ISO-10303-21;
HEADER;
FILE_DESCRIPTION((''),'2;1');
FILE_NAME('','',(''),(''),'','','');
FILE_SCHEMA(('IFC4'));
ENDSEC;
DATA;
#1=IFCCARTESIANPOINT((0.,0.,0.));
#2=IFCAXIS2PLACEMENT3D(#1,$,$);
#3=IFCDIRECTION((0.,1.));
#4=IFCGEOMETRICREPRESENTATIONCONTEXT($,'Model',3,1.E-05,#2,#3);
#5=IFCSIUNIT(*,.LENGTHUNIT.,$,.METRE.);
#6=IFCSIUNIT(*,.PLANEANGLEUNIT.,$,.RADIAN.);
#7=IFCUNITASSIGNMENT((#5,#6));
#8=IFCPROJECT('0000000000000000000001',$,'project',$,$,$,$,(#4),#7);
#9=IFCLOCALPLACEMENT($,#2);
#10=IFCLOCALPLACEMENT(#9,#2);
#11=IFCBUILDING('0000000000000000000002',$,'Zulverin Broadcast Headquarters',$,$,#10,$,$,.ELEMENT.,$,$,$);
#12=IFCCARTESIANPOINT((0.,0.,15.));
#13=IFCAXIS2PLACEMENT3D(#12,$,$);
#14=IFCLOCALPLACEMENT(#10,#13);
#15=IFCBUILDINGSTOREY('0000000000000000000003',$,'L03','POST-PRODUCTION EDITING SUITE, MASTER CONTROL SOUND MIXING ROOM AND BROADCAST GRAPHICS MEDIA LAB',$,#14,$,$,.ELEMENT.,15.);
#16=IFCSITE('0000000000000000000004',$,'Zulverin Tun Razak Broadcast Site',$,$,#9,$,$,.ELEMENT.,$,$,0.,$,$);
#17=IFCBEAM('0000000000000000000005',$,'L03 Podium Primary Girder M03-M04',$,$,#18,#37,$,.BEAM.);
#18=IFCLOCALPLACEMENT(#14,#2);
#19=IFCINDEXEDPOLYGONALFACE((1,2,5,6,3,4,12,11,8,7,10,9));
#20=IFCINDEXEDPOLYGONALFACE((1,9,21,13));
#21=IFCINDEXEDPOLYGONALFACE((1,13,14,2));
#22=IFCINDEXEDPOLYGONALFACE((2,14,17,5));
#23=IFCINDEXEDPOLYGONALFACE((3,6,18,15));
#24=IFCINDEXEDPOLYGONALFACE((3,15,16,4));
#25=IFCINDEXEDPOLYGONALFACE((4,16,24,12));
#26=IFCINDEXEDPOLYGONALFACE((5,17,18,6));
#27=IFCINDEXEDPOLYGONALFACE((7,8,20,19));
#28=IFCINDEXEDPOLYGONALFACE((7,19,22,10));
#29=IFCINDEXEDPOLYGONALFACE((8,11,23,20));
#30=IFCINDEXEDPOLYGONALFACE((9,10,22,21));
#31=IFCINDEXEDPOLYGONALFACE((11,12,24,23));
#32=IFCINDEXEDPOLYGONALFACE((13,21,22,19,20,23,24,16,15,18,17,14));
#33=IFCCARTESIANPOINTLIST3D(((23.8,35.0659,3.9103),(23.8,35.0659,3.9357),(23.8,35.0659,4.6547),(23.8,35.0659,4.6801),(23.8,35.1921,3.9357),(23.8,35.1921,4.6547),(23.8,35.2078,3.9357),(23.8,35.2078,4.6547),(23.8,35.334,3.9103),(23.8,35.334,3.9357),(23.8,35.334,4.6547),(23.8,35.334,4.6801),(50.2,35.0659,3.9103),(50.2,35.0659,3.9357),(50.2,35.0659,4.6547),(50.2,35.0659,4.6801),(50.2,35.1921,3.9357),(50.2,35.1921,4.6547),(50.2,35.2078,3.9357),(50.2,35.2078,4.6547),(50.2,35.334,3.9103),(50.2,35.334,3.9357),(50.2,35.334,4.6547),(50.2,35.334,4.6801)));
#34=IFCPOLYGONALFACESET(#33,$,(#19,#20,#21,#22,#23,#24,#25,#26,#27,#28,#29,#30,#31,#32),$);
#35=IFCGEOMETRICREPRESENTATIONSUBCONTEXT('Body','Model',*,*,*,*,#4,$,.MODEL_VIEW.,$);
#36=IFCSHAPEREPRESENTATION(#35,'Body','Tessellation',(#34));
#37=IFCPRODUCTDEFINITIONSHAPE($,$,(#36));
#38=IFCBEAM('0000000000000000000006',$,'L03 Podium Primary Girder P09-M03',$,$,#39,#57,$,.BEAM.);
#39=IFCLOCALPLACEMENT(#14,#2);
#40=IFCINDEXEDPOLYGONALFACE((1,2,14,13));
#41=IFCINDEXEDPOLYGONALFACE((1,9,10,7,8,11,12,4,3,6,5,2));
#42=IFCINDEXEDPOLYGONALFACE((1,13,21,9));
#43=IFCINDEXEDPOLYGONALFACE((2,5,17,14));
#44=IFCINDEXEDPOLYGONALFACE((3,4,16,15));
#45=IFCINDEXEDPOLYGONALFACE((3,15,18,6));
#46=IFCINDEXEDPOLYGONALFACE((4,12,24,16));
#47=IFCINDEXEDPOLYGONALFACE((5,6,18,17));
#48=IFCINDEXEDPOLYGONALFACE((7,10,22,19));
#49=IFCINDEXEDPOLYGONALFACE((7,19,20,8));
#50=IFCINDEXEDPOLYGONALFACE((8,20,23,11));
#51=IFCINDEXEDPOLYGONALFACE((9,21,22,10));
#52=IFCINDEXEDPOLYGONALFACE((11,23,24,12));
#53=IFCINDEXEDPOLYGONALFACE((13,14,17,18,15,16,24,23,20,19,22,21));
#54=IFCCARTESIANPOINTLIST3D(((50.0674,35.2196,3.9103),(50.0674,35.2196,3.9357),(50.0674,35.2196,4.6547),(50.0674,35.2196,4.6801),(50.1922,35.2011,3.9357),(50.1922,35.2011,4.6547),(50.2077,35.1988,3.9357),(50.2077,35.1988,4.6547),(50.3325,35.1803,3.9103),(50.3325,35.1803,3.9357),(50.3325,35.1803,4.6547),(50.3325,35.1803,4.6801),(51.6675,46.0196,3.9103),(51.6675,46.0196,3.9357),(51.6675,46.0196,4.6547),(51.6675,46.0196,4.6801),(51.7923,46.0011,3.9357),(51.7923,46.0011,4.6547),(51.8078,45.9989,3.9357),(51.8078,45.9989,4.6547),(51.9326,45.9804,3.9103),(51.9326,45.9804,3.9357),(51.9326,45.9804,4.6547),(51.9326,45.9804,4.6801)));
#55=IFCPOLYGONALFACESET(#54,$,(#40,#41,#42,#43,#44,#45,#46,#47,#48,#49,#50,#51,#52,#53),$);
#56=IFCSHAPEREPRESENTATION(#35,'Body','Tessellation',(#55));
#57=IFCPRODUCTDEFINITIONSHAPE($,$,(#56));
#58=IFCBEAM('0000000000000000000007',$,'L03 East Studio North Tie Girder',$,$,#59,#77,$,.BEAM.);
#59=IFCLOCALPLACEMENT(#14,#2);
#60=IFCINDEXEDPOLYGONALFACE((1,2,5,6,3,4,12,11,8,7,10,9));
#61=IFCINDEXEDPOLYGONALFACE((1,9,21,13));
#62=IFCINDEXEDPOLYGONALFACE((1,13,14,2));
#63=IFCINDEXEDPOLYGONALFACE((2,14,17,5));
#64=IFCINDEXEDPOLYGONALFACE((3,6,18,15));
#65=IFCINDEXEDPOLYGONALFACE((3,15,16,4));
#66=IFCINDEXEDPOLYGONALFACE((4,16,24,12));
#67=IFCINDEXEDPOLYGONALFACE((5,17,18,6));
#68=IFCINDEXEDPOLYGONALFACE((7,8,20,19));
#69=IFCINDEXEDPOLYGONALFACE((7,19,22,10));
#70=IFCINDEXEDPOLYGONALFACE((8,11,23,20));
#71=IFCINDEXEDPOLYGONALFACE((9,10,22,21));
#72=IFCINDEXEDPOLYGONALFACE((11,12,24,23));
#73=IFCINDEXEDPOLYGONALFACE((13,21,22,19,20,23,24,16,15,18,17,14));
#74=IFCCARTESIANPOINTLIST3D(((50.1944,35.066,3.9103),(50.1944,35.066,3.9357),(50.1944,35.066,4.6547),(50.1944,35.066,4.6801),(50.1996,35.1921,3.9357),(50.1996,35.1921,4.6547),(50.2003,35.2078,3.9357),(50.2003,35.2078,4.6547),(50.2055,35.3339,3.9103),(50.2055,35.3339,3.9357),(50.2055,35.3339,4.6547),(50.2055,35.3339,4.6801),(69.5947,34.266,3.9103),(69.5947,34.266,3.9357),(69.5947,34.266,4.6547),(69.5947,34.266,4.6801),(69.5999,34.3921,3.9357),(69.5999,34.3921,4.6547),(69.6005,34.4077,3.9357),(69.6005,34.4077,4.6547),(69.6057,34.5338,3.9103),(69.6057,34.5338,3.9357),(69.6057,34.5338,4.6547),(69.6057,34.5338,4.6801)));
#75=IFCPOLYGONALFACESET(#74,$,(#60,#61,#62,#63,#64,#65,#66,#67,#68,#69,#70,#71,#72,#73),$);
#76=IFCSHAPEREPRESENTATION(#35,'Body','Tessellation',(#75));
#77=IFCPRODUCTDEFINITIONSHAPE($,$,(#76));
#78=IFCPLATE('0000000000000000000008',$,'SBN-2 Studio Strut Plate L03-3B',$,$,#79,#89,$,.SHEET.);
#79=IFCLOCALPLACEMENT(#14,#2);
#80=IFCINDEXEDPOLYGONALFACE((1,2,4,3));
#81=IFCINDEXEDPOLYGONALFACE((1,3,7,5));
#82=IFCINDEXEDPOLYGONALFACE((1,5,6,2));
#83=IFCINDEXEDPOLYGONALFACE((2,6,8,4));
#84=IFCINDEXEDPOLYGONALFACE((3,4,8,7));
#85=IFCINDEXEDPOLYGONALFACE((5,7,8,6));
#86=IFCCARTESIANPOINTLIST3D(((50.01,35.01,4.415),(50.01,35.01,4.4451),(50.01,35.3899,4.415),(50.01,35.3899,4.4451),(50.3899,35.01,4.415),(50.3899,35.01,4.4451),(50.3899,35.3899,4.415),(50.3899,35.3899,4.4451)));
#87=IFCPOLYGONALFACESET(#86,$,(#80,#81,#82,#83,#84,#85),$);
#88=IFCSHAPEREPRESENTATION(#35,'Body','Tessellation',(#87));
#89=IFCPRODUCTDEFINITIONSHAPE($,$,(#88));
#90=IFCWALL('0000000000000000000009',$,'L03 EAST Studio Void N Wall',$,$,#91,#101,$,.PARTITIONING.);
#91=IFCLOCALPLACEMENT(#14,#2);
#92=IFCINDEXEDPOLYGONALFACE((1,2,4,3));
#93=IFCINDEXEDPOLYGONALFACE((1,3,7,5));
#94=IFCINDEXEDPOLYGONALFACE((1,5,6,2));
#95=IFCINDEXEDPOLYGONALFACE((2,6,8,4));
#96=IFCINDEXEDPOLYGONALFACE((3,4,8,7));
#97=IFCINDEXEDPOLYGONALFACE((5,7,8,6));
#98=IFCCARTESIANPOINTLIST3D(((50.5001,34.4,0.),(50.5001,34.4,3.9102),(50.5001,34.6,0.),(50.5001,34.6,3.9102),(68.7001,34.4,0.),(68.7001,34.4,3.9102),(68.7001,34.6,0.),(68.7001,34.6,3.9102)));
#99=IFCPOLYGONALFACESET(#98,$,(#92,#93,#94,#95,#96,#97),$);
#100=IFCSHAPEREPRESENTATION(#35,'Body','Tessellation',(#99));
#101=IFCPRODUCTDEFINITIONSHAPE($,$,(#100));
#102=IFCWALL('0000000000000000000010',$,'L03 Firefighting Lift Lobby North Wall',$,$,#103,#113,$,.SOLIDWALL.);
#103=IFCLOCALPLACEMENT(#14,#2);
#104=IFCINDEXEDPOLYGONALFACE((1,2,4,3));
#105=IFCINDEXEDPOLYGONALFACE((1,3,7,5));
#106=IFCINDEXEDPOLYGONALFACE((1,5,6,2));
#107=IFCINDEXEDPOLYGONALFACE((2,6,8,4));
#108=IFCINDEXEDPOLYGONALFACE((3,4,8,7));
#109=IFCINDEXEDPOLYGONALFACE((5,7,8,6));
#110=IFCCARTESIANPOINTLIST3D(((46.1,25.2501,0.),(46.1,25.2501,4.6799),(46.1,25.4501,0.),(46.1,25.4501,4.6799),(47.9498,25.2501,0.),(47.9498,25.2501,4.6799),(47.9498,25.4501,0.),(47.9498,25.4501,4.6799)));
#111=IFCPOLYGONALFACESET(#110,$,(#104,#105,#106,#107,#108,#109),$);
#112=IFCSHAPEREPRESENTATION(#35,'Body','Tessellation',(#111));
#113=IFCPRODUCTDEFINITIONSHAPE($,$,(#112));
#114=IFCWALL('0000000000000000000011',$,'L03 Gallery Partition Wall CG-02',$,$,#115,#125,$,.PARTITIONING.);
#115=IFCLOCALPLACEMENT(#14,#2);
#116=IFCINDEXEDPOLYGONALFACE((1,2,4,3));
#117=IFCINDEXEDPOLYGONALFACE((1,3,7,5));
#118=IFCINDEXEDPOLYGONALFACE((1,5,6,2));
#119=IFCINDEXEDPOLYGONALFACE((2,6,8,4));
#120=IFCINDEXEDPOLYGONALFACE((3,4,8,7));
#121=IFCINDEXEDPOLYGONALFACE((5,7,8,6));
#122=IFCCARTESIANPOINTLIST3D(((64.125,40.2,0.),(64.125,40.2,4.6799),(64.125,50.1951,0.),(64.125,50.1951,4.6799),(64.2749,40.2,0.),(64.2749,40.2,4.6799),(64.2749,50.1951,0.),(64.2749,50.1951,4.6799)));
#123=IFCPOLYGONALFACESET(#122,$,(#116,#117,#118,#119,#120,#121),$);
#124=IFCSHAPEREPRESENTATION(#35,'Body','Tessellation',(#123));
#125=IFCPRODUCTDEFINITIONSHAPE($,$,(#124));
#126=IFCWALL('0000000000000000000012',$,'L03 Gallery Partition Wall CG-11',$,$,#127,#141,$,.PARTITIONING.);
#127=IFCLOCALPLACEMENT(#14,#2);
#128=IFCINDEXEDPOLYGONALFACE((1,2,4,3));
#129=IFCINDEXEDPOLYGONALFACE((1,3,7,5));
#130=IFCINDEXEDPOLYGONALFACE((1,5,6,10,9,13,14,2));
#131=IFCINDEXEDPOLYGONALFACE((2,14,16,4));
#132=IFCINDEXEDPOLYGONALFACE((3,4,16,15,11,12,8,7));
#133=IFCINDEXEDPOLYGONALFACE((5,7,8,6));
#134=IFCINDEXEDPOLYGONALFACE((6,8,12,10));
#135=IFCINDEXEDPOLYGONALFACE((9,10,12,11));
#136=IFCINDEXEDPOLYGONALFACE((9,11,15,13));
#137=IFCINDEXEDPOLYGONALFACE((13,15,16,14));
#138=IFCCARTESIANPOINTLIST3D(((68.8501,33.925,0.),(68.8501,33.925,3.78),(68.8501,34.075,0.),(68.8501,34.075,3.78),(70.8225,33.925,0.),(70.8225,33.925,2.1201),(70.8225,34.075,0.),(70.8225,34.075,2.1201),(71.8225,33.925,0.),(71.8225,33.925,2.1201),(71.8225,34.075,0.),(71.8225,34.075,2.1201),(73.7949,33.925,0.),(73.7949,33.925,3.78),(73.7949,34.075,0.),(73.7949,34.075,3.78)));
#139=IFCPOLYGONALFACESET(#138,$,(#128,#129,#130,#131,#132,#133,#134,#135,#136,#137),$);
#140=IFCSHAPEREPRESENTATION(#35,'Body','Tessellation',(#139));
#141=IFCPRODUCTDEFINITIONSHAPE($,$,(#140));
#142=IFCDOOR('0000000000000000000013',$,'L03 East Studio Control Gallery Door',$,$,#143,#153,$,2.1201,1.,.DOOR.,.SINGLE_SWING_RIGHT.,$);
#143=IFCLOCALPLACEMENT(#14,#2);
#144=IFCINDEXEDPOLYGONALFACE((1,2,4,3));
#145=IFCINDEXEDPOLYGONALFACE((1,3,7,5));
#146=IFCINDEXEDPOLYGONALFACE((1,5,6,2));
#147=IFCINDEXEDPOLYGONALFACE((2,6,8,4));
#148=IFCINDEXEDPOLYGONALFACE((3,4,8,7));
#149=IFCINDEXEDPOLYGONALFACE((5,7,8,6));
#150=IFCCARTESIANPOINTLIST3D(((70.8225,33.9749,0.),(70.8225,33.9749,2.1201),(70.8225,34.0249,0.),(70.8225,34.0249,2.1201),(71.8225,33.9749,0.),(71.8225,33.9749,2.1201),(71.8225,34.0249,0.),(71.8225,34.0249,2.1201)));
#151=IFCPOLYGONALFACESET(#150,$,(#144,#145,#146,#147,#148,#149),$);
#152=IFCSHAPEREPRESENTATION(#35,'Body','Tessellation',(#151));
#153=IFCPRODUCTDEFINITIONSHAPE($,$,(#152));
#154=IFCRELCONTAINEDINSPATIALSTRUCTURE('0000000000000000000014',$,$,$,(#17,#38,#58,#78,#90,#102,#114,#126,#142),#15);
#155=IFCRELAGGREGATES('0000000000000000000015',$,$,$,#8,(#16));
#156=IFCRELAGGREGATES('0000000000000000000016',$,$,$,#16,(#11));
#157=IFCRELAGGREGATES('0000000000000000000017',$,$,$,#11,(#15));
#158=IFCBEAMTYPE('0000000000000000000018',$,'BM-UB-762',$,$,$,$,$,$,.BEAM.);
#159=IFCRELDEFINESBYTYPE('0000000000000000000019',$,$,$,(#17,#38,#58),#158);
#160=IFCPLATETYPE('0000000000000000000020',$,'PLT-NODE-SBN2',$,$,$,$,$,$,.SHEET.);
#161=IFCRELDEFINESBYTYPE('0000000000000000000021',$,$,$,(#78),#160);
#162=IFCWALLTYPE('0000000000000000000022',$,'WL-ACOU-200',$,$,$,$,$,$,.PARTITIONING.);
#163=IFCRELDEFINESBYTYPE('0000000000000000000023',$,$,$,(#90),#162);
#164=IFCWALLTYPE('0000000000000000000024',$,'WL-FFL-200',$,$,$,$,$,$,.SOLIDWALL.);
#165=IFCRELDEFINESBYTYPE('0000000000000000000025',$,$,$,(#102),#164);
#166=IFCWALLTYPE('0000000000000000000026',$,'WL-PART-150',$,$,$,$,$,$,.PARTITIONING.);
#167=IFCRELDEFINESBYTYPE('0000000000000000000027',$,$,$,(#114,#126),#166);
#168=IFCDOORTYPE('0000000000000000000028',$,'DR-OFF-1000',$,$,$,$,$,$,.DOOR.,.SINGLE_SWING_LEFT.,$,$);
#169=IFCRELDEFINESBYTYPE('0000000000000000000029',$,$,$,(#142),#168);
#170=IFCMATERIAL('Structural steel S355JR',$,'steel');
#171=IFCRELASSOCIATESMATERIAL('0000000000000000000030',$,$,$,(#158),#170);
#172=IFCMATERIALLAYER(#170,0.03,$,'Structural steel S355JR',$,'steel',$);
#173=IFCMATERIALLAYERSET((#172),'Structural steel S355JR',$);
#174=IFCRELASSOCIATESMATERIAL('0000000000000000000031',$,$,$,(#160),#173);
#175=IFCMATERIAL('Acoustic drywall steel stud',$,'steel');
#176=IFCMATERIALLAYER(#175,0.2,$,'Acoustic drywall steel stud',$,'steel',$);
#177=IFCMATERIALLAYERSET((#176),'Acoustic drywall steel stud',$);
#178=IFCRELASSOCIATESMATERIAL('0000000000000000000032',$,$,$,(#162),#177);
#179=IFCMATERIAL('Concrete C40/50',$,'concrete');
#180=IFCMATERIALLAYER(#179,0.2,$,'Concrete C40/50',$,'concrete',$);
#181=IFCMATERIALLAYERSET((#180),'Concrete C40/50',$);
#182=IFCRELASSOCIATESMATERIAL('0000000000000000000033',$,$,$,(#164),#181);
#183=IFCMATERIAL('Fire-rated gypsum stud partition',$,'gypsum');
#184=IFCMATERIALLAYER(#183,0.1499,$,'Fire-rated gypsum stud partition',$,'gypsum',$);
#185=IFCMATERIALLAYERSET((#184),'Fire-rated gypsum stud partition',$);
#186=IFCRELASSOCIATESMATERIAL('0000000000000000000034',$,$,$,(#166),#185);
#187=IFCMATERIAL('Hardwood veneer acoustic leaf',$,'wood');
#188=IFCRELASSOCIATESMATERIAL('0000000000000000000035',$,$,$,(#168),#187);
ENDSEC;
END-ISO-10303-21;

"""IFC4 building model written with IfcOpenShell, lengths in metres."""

from ifc_helpers import new_model, si_unit, direction, frame, frame_2d, origin, origin_2d, place, context, subcontext, project, spatial, rectangle, i_section, extrude, material, layer, layer_set, material_profile, profile_set, type_object, element, fill, save


model = new_model("IFC4")

# Units and contexts
model_context = context("Model", 3, precision=1e-05, world=origin(), true_north=direction((0.0, 1.0)))
body_context = subcontext(model_context, "Body", "Model", "MODEL_VIEW")
ifc_project = project(units=[si_unit("LENGTHUNIT", "METRE"), si_unit("PLANEANGLEUNIT", "RADIAN")], contexts=[model_context])

# Site, building, storey
site_placement = place(None, origin())
site = spatial("IfcSite", under=ifc_project, at=site_placement, Name="Zulverin Tun Razak Broadcast Site", CompositionType="ELEMENT", RefElevation=0.0)
building_placement = place(site_placement, origin())
building = spatial("IfcBuilding", under=site, at=building_placement, Name="Zulverin Broadcast Headquarters", CompositionType="ELEMENT")
storey_placement = place(building_placement, frame((0.0, 0.0, 15.0)))
storey = spatial("IfcBuildingStorey", under=building, at=storey_placement, Name="L03", Description="POST-PRODUCTION EDITING SUITE, MASTER CONTROL SOUND MIXING ROOM AND BROADCAST GRAPHICS MEDIA LAB", CompositionType="ELEMENT", Elevation=15.0)

# Beams
ifc_material_1 = material(Name="Concrete C40/50", Category="concrete")
ifc_material_2 = material(Name="Structural steel S355JR", Category="steel")
ifc_material_profile_1 = material_profile(ifc_material_2, i_section(OverallWidth=0.2681, OverallDepth=0.7698, WebThickness=0.0156, FlangeThickness=0.0254, at=origin_2d()), Name="Structural steel S355JR", Category="steel")
ifc_profile_set_1 = profile_set([ifc_material_profile_1], Name="Structural steel S355JR")
beam_type_1 = type_object("IfcBeamType", Name="BM-UB-762", PredefinedType="BEAM", material=ifc_profile_set_1)
beam_1_placement = place(storey_placement, frame((50.2, 35.2, 4.2952), z_axis=(-1.0, 0.0, 0.0), x_axis=(0.0, -1.0, 0.0)))
element("IfcBeam", 1, at=beam_1_placement, inside=storey, type_object=beam_type_1, Name="L03 Podium Primary Girder M03-M04", PredefinedType="BEAM", context=body_context, shape_type="SweptSolid", body=[
    extrude(i_section(OverallWidth=0.2681, OverallDepth=0.7698, WebThickness=0.0156, FlangeThickness=0.0254, at=origin_2d()), origin(), (0.0, 0.0, 1.0), 26.3999),
])
beam_2_placement = place(storey_placement, frame((51.8, 46.0, 4.2952), z_axis=(-0.146557, -0.989202, 0.0), x_axis=(0.989202, -0.146557, 0.0)))
element("IfcBeam", 2, at=beam_2_placement, inside=storey, type_object=beam_type_1, Name="L03 Podium Primary Girder P09-M03", PredefinedType="BEAM", context=body_context, shape_type="SweptSolid", body=[
    extrude(i_section(OverallWidth=0.2681, OverallDepth=0.7698, WebThickness=0.0156, FlangeThickness=0.0254, at=origin_2d()), origin(), (0.0, 0.0, 1.0), 10.918),
])
beam_3_placement = place(storey_placement, frame((50.2, 35.2, 4.2952), z_axis=(0.999151, -0.041204, 0.0), x_axis=(0.041204, 0.999151, 0.0)))
element("IfcBeam", 3, at=beam_3_placement, inside=storey, type_object=beam_type_1, Name="L03 East Studio North Tie Girder", PredefinedType="BEAM", context=body_context, shape_type="SweptSolid", body=[
    extrude(i_section(OverallWidth=0.2681, OverallDepth=0.7698, WebThickness=0.0156, FlangeThickness=0.0254, at=origin_2d()), origin(), (0.0, 0.0, 1.0), 19.4167),
])

# Plate
ifc_layer_1 = layer(ifc_material_2, 0.03, Name="Structural steel S355JR", Category="steel")
ifc_layer_set_1 = layer_set([ifc_layer_1], Name="Structural steel S355JR")
plate_type = type_object("IfcPlateType", Name="PLT-NODE-SBN2", PredefinedType="SHEET", material=ifc_layer_set_1)
plate_placement = place(storey_placement, frame((50.2, 35.2, 4.415), z_axis=(0.0, 0.0, 1.0), x_axis=(1.0, 0.0, 0.0)))
element("IfcPlate", 4, at=plate_placement, inside=storey, type_object=plate_type, Name="SBN-2 Studio Strut Plate L03-3B", PredefinedType="SHEET", context=body_context, shape_type="SweptSolid", body=[
    extrude(rectangle(XDim=0.3799, YDim=0.3799, at=origin_2d()), origin(), (0.0, 0.0, 1.0), 0.03),
])

# Walls
ifc_material_3 = material(Name="Acoustic drywall steel stud", Category="steel")
ifc_layer_2 = layer(ifc_material_3, 0.2, Name="Acoustic drywall steel stud", Category="steel")
ifc_layer_set_2 = layer_set([ifc_layer_2], Name="Acoustic drywall steel stud")
wall_type_1 = type_object("IfcWallType", Name="WL-ACOU-200", PredefinedType="PARTITIONING", material=ifc_layer_set_2)
wall_1_placement = place(storey_placement, frame((50.5, 34.5, 0.0), z_axis=(0.0, 0.0, 1.0), x_axis=(1.0, 0.0, 0.0)))
element("IfcWall", 5, at=wall_1_placement, inside=storey, type_object=wall_type_1, Name="L03 EAST Studio Void N Wall", PredefinedType="PARTITIONING", context=body_context, shape_type="SweptSolid", body=[
    extrude(rectangle(XDim=18.2, YDim=0.2, at=frame_2d((9.1001, 0.0))), origin(), (0.0, 0.0, 1.0), 3.9102),
])
ifc_layer_3 = layer(ifc_material_1, 0.2, Name="Concrete C40/50", Category="concrete")
ifc_layer_set_3 = layer_set([ifc_layer_3], Name="Concrete C40/50")
wall_type_2 = type_object("IfcWallType", Name="WL-FFL-200", PredefinedType="SOLIDWALL", material=ifc_layer_set_3)
wall_2_placement = place(storey_placement, frame((46.1001, 25.3501, 0.0), z_axis=(0.0, 0.0, 1.0), x_axis=(1.0, 0.0, 0.0)))
element("IfcWall", 6, at=wall_2_placement, inside=storey, type_object=wall_type_2, Name="L03 Firefighting Lift Lobby North Wall", PredefinedType="SOLIDWALL", context=body_context, shape_type="SweptSolid", body=[
    extrude(rectangle(XDim=1.8499, YDim=0.2, at=frame_2d((0.9248, 0.0))), origin(), (0.0, 0.0, 1.0), 4.6799),
])
ifc_material_4 = material(Name="Fire-rated gypsum stud partition", Category="gypsum")
ifc_layer_4 = layer(ifc_material_4, 0.1499, Name="Fire-rated gypsum stud partition", Category="gypsum")
ifc_layer_set_4 = layer_set([ifc_layer_4], Name="Fire-rated gypsum stud partition")
wall_type_3 = type_object("IfcWallType", Name="WL-PART-150", PredefinedType="PARTITIONING", material=ifc_layer_set_4)
wall_3_placement = place(storey_placement, frame((64.2, 40.2, 0.0), z_axis=(0.0, 0.0, 1.0), x_axis=(0.0, 1.0, 0.0)))
element("IfcWall", 7, at=wall_3_placement, inside=storey, type_object=wall_type_3, Name="L03 Gallery Partition Wall CG-02", PredefinedType="PARTITIONING", context=body_context, shape_type="SweptSolid", body=[
    extrude(rectangle(XDim=9.9951, YDim=0.1499, at=frame_2d((4.9976, 0.0))), origin(), (0.0, 0.0, 1.0), 4.6799),
])

# Wall, opening, door
wall_4_placement = place(storey_placement, frame((68.8501, 34.0, 0.0), z_axis=(0.0, 0.0, 1.0), x_axis=(1.0, 0.0, 0.0)))
wall_4 = element("IfcWall", 8, at=wall_4_placement, inside=storey, type_object=wall_type_3, Name="L03 Gallery Partition Wall CG-11", PredefinedType="PARTITIONING", context=body_context, shape_type="SweptSolid", body=[
    extrude(rectangle(XDim=4.9448, YDim=0.1499, at=frame_2d((2.4724, 0.0))), origin(), (0.0, 0.0, 1.0), 3.78),
])
opening_1_placement = place(wall_4_placement, frame((1.9724, 0.0, 0.0)))
opening_1 = element("IfcOpeningElement", 9, at=opening_1_placement, cuts=wall_4, PredefinedType="OPENING", context=body_context, shape_type="SweptSolid", body=[
    extrude(rectangle(XDim=1.0, YDim=2.1201, at=frame_2d((0.5, 1.0601))), frame((0.0, 0.085, 0.0), z_axis=(0.0, -1.0, 0.0), x_axis=(1.0, 0.0, 0.0)), (0.0, 0.0, 1.0), 0.1699),
])
ifc_material_5 = material(Name="Hardwood veneer acoustic leaf", Category="wood")
door_type_1 = type_object("IfcDoorType", Name="DR-OFF-1000", OperationType="SINGLE_SWING_LEFT", PredefinedType="DOOR", material=ifc_material_5)
door_1_placement = place(opening_1_placement, origin())
door_1 = element("IfcDoor", 10, at=door_1_placement, inside=storey, type_object=door_type_1, Name="L03 East Studio Control Gallery Door", OperationType="SINGLE_SWING_RIGHT", OverallHeight=2.1201, OverallWidth=1.0, PredefinedType="DOOR", context=body_context, shape_type="SweptSolid", body=[
    extrude(rectangle(XDim=1.0, YDim=2.1201, at=frame_2d((0.5, 1.0601))), frame((0.0, 0.0249, 0.0), z_axis=(0.0, -1.0, 0.0), x_axis=(1.0, 0.0, 0.0)), (0.0, 0.0, 1.0), 0.05),
])
fill(opening_1, door_1)

save(model, "model.ifc")
